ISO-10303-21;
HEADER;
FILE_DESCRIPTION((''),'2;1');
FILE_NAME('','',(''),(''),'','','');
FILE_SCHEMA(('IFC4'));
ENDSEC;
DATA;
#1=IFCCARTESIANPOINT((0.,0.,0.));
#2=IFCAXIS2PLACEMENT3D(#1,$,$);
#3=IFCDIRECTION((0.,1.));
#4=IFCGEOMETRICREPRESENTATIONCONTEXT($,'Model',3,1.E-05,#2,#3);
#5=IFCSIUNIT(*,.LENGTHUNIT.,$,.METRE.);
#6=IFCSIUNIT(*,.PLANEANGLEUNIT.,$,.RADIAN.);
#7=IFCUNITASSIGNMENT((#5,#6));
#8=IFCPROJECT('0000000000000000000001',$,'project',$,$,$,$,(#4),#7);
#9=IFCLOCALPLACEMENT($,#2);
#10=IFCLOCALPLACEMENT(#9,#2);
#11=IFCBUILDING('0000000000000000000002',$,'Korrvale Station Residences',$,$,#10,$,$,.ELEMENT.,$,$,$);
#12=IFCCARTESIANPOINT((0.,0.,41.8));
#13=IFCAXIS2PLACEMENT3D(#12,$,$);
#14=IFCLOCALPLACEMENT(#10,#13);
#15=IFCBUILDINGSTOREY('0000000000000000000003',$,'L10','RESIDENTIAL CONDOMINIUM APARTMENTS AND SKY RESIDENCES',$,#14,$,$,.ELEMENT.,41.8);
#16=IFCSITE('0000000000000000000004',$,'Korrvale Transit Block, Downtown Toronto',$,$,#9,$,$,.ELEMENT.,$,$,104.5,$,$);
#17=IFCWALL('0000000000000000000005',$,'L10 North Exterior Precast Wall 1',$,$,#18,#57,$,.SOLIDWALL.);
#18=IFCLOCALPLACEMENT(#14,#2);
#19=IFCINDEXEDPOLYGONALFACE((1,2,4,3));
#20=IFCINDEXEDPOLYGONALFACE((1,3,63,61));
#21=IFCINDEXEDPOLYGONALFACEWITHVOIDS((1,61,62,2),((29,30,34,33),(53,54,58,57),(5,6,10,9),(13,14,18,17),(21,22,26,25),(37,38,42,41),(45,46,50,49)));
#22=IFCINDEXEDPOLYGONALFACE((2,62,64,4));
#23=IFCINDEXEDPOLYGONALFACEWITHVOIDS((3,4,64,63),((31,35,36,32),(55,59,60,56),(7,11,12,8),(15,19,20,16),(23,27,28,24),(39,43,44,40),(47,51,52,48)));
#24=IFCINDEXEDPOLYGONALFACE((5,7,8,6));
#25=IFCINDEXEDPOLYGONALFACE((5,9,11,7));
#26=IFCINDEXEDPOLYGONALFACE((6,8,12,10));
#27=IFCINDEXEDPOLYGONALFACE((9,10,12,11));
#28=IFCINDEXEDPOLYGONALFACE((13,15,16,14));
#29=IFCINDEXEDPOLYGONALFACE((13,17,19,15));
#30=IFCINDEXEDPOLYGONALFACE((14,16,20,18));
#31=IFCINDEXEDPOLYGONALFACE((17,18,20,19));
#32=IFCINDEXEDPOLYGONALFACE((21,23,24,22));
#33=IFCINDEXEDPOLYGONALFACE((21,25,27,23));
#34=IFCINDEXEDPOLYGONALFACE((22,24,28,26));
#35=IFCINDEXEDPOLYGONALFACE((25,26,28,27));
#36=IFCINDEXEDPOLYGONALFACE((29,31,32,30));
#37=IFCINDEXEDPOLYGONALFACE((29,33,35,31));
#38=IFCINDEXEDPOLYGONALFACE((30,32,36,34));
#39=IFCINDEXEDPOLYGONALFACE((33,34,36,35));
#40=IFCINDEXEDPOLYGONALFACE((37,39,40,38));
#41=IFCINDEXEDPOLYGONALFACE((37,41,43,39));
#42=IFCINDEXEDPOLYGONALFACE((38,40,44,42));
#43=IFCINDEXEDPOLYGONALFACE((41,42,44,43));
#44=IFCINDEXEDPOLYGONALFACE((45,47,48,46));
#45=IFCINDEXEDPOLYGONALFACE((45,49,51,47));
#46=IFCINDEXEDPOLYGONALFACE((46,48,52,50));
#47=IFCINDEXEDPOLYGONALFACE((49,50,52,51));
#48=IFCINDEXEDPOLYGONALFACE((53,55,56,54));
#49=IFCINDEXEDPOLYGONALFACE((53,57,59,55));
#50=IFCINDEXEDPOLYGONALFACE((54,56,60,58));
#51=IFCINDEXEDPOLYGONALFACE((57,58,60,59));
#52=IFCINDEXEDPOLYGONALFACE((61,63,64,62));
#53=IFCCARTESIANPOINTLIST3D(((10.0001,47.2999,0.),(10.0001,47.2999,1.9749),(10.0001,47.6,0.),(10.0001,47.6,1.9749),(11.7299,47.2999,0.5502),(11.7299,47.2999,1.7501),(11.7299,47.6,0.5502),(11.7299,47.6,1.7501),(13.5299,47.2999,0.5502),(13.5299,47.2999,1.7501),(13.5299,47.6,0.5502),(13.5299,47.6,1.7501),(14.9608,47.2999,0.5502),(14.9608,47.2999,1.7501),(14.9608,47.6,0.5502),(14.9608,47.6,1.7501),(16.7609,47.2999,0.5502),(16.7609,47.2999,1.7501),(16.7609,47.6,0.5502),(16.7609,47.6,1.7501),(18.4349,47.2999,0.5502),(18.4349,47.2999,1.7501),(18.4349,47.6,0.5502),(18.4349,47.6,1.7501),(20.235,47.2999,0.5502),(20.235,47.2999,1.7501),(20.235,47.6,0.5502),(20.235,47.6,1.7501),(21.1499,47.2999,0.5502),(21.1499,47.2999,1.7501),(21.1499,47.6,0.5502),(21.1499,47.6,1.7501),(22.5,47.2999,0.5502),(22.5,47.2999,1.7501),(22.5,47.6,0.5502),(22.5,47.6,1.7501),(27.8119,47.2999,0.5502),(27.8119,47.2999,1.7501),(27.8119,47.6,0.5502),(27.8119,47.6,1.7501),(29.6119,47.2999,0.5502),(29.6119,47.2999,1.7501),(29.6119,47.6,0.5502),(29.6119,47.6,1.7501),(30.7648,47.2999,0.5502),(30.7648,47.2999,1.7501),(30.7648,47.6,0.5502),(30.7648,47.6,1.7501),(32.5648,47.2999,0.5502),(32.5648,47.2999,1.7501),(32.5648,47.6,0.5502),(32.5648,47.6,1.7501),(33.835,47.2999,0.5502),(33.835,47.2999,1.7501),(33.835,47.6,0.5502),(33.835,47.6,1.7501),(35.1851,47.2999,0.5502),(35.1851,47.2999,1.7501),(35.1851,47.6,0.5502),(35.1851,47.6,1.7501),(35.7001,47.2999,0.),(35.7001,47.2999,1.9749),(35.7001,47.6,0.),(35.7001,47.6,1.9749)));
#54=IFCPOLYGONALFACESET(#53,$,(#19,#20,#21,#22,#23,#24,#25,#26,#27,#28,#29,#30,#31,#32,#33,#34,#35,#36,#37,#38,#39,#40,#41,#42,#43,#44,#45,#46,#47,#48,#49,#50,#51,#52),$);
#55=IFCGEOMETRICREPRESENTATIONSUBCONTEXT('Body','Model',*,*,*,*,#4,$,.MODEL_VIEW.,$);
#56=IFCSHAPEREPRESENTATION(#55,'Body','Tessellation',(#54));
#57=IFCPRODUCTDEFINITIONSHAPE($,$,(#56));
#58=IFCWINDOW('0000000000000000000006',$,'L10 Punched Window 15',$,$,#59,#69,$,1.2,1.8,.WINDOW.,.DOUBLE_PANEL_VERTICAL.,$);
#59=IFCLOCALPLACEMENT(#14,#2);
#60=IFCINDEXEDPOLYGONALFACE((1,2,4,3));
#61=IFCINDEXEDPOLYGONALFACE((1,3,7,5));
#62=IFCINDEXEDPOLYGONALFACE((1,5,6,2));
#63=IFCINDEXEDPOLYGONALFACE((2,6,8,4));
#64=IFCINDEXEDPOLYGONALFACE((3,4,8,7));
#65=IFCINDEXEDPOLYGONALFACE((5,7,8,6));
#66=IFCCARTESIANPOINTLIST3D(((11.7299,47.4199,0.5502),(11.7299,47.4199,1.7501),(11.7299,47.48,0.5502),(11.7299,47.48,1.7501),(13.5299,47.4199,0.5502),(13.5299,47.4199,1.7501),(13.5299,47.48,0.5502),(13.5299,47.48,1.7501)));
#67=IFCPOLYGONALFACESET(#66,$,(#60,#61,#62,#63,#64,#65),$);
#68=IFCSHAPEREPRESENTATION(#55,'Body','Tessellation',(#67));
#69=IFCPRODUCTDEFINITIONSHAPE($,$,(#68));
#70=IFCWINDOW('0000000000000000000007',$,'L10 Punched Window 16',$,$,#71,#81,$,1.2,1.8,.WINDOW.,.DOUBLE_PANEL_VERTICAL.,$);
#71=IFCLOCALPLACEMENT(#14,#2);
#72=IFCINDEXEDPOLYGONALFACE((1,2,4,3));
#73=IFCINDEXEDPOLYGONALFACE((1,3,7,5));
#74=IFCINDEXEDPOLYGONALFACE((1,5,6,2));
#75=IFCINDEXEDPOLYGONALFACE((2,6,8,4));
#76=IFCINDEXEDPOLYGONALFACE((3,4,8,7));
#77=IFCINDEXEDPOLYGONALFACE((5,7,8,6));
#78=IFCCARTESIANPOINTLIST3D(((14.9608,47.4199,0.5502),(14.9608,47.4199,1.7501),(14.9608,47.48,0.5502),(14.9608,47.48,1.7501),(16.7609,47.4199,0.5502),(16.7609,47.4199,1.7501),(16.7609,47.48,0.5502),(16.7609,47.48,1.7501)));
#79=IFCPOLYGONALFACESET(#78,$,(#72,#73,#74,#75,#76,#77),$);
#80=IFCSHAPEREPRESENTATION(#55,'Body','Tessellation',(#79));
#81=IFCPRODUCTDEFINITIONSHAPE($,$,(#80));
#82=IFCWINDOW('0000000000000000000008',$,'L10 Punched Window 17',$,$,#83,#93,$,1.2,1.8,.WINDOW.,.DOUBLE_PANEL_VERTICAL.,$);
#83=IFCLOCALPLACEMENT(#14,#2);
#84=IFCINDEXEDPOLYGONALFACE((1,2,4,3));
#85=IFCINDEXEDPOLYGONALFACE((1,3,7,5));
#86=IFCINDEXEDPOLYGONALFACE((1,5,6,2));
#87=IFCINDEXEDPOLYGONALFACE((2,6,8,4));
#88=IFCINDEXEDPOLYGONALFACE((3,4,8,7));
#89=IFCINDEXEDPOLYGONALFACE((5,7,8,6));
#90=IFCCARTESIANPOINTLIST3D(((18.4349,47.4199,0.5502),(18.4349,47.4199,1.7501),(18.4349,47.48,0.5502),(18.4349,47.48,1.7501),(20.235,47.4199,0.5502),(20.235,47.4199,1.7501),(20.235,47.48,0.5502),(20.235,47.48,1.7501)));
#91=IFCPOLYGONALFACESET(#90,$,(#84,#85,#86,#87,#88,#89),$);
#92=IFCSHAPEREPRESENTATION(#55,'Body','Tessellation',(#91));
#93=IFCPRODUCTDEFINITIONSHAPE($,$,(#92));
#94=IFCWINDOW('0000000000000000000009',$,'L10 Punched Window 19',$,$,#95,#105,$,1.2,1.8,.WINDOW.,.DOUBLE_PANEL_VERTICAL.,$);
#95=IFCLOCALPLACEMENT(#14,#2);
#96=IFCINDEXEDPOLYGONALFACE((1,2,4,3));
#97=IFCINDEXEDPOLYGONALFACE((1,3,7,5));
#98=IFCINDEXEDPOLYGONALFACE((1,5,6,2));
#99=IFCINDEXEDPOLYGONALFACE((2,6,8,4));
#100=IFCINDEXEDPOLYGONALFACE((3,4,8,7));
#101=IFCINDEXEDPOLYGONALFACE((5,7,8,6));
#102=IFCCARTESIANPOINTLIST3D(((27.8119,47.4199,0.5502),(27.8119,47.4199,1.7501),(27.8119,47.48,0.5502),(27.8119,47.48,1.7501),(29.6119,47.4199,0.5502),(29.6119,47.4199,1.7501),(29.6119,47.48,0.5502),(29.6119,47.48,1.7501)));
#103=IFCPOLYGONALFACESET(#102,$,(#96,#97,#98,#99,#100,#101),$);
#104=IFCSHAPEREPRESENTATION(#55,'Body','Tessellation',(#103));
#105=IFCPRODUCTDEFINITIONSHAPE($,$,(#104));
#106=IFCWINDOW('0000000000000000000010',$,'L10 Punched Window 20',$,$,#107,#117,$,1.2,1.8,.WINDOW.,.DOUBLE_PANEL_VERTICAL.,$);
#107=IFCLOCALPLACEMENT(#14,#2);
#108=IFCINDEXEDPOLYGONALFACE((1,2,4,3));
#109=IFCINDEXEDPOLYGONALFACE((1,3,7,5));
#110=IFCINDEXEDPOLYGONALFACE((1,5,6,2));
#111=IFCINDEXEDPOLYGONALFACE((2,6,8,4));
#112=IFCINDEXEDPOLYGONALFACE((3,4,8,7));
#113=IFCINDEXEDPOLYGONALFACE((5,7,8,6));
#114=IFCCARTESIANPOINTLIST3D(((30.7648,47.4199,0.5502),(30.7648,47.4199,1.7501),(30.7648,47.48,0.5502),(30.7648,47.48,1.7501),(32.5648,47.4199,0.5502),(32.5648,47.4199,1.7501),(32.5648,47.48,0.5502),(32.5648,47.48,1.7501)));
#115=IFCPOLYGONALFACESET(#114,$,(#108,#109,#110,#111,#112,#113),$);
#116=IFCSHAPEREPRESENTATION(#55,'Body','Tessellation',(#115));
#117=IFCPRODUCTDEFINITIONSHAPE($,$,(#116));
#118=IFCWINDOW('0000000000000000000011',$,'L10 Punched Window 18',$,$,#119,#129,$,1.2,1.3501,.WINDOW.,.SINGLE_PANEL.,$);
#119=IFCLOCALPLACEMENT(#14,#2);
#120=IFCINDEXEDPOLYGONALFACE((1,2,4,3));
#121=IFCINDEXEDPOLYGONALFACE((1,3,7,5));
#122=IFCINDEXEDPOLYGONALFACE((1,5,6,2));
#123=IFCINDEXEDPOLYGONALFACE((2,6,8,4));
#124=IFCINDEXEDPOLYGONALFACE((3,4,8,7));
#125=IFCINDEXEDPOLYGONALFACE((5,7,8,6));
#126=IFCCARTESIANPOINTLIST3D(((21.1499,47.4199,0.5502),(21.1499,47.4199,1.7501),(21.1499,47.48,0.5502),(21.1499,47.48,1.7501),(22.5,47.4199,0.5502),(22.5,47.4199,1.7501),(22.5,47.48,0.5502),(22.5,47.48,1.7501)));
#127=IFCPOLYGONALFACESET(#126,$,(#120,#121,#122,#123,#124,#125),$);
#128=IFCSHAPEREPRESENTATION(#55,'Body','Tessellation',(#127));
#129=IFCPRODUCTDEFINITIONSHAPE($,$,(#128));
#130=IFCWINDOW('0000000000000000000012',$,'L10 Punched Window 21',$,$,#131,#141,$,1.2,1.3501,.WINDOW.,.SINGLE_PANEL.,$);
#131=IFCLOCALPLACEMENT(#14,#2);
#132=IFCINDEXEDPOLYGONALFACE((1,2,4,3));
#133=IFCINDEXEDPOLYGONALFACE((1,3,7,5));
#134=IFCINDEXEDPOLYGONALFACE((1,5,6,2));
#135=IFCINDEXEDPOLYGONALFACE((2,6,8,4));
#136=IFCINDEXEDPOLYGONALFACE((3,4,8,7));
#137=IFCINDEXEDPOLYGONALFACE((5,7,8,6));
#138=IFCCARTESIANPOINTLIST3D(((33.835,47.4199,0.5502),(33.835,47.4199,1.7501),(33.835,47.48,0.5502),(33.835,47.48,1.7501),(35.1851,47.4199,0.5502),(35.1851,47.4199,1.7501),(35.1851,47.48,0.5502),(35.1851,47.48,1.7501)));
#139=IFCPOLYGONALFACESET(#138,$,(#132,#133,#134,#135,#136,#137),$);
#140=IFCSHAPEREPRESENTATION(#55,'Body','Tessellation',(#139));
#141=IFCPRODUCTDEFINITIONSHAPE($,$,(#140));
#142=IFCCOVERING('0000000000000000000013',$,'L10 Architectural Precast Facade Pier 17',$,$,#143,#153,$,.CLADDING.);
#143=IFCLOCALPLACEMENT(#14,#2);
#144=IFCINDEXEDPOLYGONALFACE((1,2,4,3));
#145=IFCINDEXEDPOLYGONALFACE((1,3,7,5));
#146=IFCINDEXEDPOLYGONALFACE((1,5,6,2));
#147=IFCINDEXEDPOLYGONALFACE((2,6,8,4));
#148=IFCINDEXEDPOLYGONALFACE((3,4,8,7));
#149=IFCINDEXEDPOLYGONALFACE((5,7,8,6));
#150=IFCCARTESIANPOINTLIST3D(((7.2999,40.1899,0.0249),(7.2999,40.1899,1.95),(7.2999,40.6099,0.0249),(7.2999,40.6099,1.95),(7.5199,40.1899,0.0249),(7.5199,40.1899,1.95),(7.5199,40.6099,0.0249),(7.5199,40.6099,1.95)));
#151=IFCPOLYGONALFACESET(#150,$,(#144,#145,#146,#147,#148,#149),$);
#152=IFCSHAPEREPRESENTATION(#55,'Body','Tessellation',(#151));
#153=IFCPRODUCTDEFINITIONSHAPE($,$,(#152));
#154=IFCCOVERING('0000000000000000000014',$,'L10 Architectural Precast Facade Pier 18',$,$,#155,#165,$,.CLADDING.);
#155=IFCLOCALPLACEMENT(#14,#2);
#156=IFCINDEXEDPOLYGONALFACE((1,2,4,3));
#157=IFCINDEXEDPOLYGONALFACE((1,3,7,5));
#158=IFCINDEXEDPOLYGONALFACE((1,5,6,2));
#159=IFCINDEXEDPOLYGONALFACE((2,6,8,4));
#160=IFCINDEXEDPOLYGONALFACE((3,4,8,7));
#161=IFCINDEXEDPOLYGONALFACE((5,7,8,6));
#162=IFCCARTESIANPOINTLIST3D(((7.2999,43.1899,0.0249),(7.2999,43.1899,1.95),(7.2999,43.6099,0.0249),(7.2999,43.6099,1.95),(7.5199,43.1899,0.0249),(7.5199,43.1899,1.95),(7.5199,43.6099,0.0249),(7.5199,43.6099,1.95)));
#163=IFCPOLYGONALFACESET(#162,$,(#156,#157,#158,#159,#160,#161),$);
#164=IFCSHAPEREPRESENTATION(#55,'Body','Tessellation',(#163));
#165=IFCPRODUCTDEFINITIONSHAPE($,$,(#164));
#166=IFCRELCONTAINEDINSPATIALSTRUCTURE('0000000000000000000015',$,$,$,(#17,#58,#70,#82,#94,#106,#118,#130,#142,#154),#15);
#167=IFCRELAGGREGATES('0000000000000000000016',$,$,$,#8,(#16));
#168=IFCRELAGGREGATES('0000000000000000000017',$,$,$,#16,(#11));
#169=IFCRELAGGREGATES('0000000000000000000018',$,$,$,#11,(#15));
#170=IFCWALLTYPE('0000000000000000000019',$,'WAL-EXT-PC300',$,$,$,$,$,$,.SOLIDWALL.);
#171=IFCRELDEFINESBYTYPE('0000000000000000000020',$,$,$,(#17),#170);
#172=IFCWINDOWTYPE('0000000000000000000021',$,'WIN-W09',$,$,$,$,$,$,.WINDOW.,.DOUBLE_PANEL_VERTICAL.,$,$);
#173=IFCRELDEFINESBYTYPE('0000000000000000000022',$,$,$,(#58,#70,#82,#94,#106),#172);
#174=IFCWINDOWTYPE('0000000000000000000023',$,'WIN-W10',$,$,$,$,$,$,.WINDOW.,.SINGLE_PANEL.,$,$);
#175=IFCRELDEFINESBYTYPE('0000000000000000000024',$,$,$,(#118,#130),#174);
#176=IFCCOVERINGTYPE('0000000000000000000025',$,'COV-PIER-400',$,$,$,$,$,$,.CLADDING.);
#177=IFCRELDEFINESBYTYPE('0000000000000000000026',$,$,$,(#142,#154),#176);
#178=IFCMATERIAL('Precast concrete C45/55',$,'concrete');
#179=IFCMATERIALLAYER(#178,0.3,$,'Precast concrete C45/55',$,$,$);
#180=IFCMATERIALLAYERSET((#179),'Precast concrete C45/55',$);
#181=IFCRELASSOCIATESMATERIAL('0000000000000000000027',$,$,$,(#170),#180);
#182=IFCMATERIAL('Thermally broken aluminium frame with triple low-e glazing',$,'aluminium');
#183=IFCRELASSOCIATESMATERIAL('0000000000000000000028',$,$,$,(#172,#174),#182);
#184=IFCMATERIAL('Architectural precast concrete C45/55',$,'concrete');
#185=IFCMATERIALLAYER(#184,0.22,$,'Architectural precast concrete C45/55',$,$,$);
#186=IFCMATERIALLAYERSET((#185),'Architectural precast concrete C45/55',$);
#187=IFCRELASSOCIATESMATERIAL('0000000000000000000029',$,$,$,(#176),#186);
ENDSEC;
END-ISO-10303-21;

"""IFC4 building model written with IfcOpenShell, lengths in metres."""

from ifc_helpers import new_model, si_unit, direction, frame, frame_2d, origin, origin_2d, place, context, subcontext, project, spatial, rectangle, extrude, material, layer, layer_set, type_object, element, fill, save


model = new_model("IFC4")

# Units and contexts
model_context = context("Model", 3, precision=1e-05, world=origin(), true_north=direction((0.0, 1.0)))
body_context = subcontext(model_context, "Body", "Model", "MODEL_VIEW")
ifc_project = project(units=[si_unit("LENGTHUNIT", "METRE"), si_unit("PLANEANGLEUNIT", "RADIAN")], contexts=[model_context])

# Site, building, storey
site_placement = place(None, origin())
site = spatial("IfcSite", under=ifc_project, at=site_placement, Name="Korrvale Transit Block, Downtown Toronto", CompositionType="ELEMENT", RefElevation=104.5)
building_placement = place(site_placement, origin())
building = spatial("IfcBuilding", under=site, at=building_placement, Name="Korrvale Station Residences", CompositionType="ELEMENT")
storey_placement = place(building_placement, frame((0.0, 0.0, 41.8)))
storey = spatial("IfcBuildingStorey", under=building, at=storey_placement, Name="L10", Description="RESIDENTIAL CONDOMINIUM APARTMENTS AND SKY RESIDENCES", CompositionType="ELEMENT", Elevation=41.8)

# Shared definitions
ifc_material_1 = material(Name="Precast concrete C45/55", Category="concrete")

# Wall, openings, windows
ifc_layer_1 = layer(ifc_material_1, 0.3, Name="Precast concrete C45/55")
ifc_layer_set_1 = layer_set([ifc_layer_1], Name="Precast concrete C45/55")
wall_type_1 = type_object("IfcWallType", Name="WAL-EXT-PC300", PredefinedType="SOLIDWALL", material=ifc_layer_set_1)
wall_1_placement = place(storey_placement, frame((10.0, 47.45, 0.0), z_axis=(0.0, 0.0, 1.0), x_axis=(1.0, 0.0, 0.0)))
wall_1 = element("IfcWall", 1, at=wall_1_placement, inside=storey, type_object=wall_type_1, Name="L10 North Exterior Precast Wall 1", PredefinedType="SOLIDWALL", context=body_context, shape_type="SweptSolid", body=[
    extrude(rectangle(XDim=25.7, YDim=0.3, at=frame_2d((12.8501, 0.0))), origin(), (0.0, 0.0, 1.0), 1.9749),
])
opening_1_placement = place(wall_1_placement, frame((1.73, 0.0, 0.55)))
opening_1 = element("IfcOpeningElement", 2, at=opening_1_placement, cuts=wall_1, PredefinedType="OPENING", context=body_context, shape_type="SweptSolid", body=[
    extrude(rectangle(XDim=1.8, YDim=1.2, at=frame_2d((0.8999, 0.6001))), frame((0.0, 0.1602, 0.0), z_axis=(0.0, -1.0, 0.0), x_axis=(1.0, 0.0, 0.0)), (0.0, 0.0, 1.0), 0.3201),
])
opening_2_placement = place(wall_1_placement, frame((4.9609, 0.0, 0.55)))
opening_2 = element("IfcOpeningElement", 3, at=opening_2_placement, cuts=wall_1, PredefinedType="OPENING", context=body_context, shape_type="SweptSolid", body=[
    extrude(rectangle(XDim=1.8, YDim=1.2, at=frame_2d((0.8999, 0.6001))), frame((0.0, 0.1602, 0.0), z_axis=(0.0, -1.0, 0.0), x_axis=(1.0, 0.0, 0.0)), (0.0, 0.0, 1.0), 0.3201),
])
opening_3_placement = place(wall_1_placement, frame((8.4351, 0.0, 0.55)))
opening_3 = element("IfcOpeningElement", 4, at=opening_3_placement, cuts=wall_1, PredefinedType="OPENING", context=body_context, shape_type="SweptSolid", body=[
    extrude(rectangle(XDim=1.8, YDim=1.2, at=frame_2d((0.8999, 0.6001))), frame((0.0, 0.1602, 0.0), z_axis=(0.0, -1.0, 0.0), x_axis=(1.0, 0.0, 0.0)), (0.0, 0.0, 1.0), 0.3201),
])
opening_4_placement = place(wall_1_placement, frame((11.1499, 0.0, 0.55)))
opening_4 = element("IfcOpeningElement", 5, at=opening_4_placement, cuts=wall_1, PredefinedType="OPENING", context=body_context, shape_type="SweptSolid", body=[
    extrude(rectangle(XDim=1.3501, YDim=1.2, at=frame_2d((0.675, 0.6001))), frame((0.0, 0.1602, 0.0), z_axis=(0.0, -1.0, 0.0), x_axis=(1.0, 0.0, 0.0)), (0.0, 0.0, 1.0), 0.3201),
])
opening_5_placement = place(wall_1_placement, frame((17.812, 0.0, 0.55)))
opening_5 = element("IfcOpeningElement", 6, at=opening_5_placement, cuts=wall_1, PredefinedType="OPENING", context=body_context, shape_type="SweptSolid", body=[
    extrude(rectangle(XDim=1.8, YDim=1.2, at=frame_2d((0.8999, 0.6001))), frame((0.0, 0.1602, 0.0), z_axis=(0.0, -1.0, 0.0), x_axis=(1.0, 0.0, 0.0)), (0.0, 0.0, 1.0), 0.3201),
])
opening_6_placement = place(wall_1_placement, frame((20.7649, 0.0, 0.55)))
opening_6 = element("IfcOpeningElement", 7, at=opening_6_placement, cuts=wall_1, PredefinedType="OPENING", context=body_context, shape_type="SweptSolid", body=[
    extrude(rectangle(XDim=1.8, YDim=1.2, at=frame_2d((0.8999, 0.6001))), frame((0.0, 0.1602, 0.0), z_axis=(0.0, -1.0, 0.0), x_axis=(1.0, 0.0, 0.0)), (0.0, 0.0, 1.0), 0.3201),
])
opening_7_placement = place(wall_1_placement, frame((23.835, 0.0, 0.55)))
opening_7 = element("IfcOpeningElement", 8, at=opening_7_placement, cuts=wall_1, PredefinedType="OPENING", context=body_context, shape_type="SweptSolid", body=[
    extrude(rectangle(XDim=1.3501, YDim=1.2, at=frame_2d((0.675, 0.6001))), frame((0.0, 0.1602, 0.0), z_axis=(0.0, -1.0, 0.0), x_axis=(1.0, 0.0, 0.0)), (0.0, 0.0, 1.0), 0.3201),
])
ifc_material_2 = material(Name="Thermally broken aluminium frame with triple low-e glazing", Category="aluminium")
window_type_1 = type_object("IfcWindowType", Name="WIN-W09", PartitioningType="DOUBLE_PANEL_VERTICAL", PredefinedType="WINDOW", material=ifc_material_2)
window_1_placement = place(opening_1_placement, origin())
window_1 = element("IfcWindow", 9, at=window_1_placement, inside=storey, type_object=window_type_1, Name="L10 Punched Window 15", OverallHeight=1.2, OverallWidth=1.8, PartitioningType="DOUBLE_PANEL_VERTICAL", PredefinedType="WINDOW", context=body_context, shape_type="SweptSolid", body=[
    extrude(rectangle(XDim=1.8, YDim=1.2, at=frame_2d((0.8999, 0.6001))), frame((0.0, 0.03, 0.0), z_axis=(0.0, -1.0, 0.0), x_axis=(1.0, 0.0, 0.0)), (0.0, 0.0, 1.0), 0.0601),
])
fill(opening_1, window_1)
window_2_placement = place(opening_2_placement, origin())
window_2 = element("IfcWindow", 10, at=window_2_placement, inside=storey, type_object=window_type_1, Name="L10 Punched Window 16", OverallHeight=1.2, OverallWidth=1.8, PartitioningType="DOUBLE_PANEL_VERTICAL", PredefinedType="WINDOW", context=body_context, shape_type="SweptSolid", body=[
    extrude(rectangle(XDim=1.8, YDim=1.2, at=frame_2d((0.8999, 0.6001))), frame((0.0, 0.03, 0.0), z_axis=(0.0, -1.0, 0.0), x_axis=(1.0, 0.0, 0.0)), (0.0, 0.0, 1.0), 0.0601),
])
fill(opening_2, window_2)
window_3_placement = place(opening_3_placement, origin())
window_3 = element("IfcWindow", 11, at=window_3_placement, inside=storey, type_object=window_type_1, Name="L10 Punched Window 17", OverallHeight=1.2, OverallWidth=1.8, PartitioningType="DOUBLE_PANEL_VERTICAL", PredefinedType="WINDOW", context=body_context, shape_type="SweptSolid", body=[
    extrude(rectangle(XDim=1.8, YDim=1.2, at=frame_2d((0.8999, 0.6001))), frame((0.0, 0.03, 0.0), z_axis=(0.0, -1.0, 0.0), x_axis=(1.0, 0.0, 0.0)), (0.0, 0.0, 1.0), 0.0601),
])
fill(opening_3, window_3)
window_4_placement = place(opening_5_placement, origin())
window_4 = element("IfcWindow", 12, at=window_4_placement, inside=storey, type_object=window_type_1, Name="L10 Punched Window 19", OverallHeight=1.2, OverallWidth=1.8, PartitioningType="DOUBLE_PANEL_VERTICAL", PredefinedType="WINDOW", context=body_context, shape_type="SweptSolid", body=[
    extrude(rectangle(XDim=1.8, YDim=1.2, at=frame_2d((0.8999, 0.6001))), frame((0.0, 0.03, 0.0), z_axis=(0.0, -1.0, 0.0), x_axis=(1.0, 0.0, 0.0)), (0.0, 0.0, 1.0), 0.0601),
])
fill(opening_5, window_4)
window_5_placement = place(opening_6_placement, origin())
window_5 = element("IfcWindow", 13, at=window_5_placement, inside=storey, type_object=window_type_1, Name="L10 Punched Window 20", OverallHeight=1.2, OverallWidth=1.8, PartitioningType="DOUBLE_PANEL_VERTICAL", PredefinedType="WINDOW", context=body_context, shape_type="SweptSolid", body=[
    extrude(rectangle(XDim=1.8, YDim=1.2, at=frame_2d((0.8999, 0.6001))), frame((0.0, 0.03, 0.0), z_axis=(0.0, -1.0, 0.0), x_axis=(1.0, 0.0, 0.0)), (0.0, 0.0, 1.0), 0.0601),
])
fill(opening_6, window_5)
window_type_2 = type_object("IfcWindowType", Name="WIN-W10", PartitioningType="SINGLE_PANEL", PredefinedType="WINDOW", material=ifc_material_2)
window_6_placement = place(opening_4_placement, origin())
window_6 = element("IfcWindow", 14, at=window_6_placement, inside=storey, type_object=window_type_2, Name="L10 Punched Window 18", OverallHeight=1.2, OverallWidth=1.3501, PartitioningType="SINGLE_PANEL", PredefinedType="WINDOW", context=body_context, shape_type="SweptSolid", body=[
    extrude(rectangle(XDim=1.3501, YDim=1.2, at=frame_2d((0.675, 0.6001))), frame((0.0, 0.03, 0.0), z_axis=(0.0, -1.0, 0.0), x_axis=(1.0, 0.0, 0.0)), (0.0, 0.0, 1.0), 0.0601),
])
fill(opening_4, window_6)
window_7_placement = place(opening_7_placement, origin())
window_7 = element("IfcWindow", 15, at=window_7_placement, inside=storey, type_object=window_type_2, Name="L10 Punched Window 21", OverallHeight=1.2, OverallWidth=1.3501, PartitioningType="SINGLE_PANEL", PredefinedType="WINDOW", context=body_context, shape_type="SweptSolid", body=[
    extrude(rectangle(XDim=1.3501, YDim=1.2, at=frame_2d((0.675, 0.6001))), frame((0.0, 0.03, 0.0), z_axis=(0.0, -1.0, 0.0), x_axis=(1.0, 0.0, 0.0)), (0.0, 0.0, 1.0), 0.0601),
])
fill(opening_7, window_7)

# Coverings
ifc_material_3 = material(Name="Architectural precast concrete C45/55", Category="concrete")
ifc_layer_2 = layer(ifc_material_3, 0.22, Name="Architectural precast concrete C45/55")
ifc_layer_set_2 = layer_set([ifc_layer_2], Name="Architectural precast concrete C45/55")
covering_type = type_object("IfcCoveringType", Name="COV-PIER-400", PredefinedType="CLADDING", material=ifc_layer_set_2)
for number, where, z_axis, x_axis, name in (
    (16, (7.4099, 40.3999, 0.0249), (0.0, 0.0, 1.0), (0.0, 1.0, 0.0), "L10 Architectural Precast Facade Pier 17"),
    (17, (7.4099, 43.3999, 0.0249), (0.0, 0.0, 1.0), (0.0, 1.0, 0.0), "L10 Architectural Precast Facade Pier 18"),
):
    element("IfcCovering", number, at=place(storey_placement, frame(where, z_axis=z_axis, x_axis=x_axis)), inside=storey, type_object=covering_type, Name=name, PredefinedType="CLADDING", context=body_context, shape_type="SweptSolid", body=[
        extrude(rectangle(XDim=0.4199, YDim=0.22, at=origin_2d()), origin(), (0.0, 0.0, 1.0), 1.925),
    ])

save(model, "model.ifc")
